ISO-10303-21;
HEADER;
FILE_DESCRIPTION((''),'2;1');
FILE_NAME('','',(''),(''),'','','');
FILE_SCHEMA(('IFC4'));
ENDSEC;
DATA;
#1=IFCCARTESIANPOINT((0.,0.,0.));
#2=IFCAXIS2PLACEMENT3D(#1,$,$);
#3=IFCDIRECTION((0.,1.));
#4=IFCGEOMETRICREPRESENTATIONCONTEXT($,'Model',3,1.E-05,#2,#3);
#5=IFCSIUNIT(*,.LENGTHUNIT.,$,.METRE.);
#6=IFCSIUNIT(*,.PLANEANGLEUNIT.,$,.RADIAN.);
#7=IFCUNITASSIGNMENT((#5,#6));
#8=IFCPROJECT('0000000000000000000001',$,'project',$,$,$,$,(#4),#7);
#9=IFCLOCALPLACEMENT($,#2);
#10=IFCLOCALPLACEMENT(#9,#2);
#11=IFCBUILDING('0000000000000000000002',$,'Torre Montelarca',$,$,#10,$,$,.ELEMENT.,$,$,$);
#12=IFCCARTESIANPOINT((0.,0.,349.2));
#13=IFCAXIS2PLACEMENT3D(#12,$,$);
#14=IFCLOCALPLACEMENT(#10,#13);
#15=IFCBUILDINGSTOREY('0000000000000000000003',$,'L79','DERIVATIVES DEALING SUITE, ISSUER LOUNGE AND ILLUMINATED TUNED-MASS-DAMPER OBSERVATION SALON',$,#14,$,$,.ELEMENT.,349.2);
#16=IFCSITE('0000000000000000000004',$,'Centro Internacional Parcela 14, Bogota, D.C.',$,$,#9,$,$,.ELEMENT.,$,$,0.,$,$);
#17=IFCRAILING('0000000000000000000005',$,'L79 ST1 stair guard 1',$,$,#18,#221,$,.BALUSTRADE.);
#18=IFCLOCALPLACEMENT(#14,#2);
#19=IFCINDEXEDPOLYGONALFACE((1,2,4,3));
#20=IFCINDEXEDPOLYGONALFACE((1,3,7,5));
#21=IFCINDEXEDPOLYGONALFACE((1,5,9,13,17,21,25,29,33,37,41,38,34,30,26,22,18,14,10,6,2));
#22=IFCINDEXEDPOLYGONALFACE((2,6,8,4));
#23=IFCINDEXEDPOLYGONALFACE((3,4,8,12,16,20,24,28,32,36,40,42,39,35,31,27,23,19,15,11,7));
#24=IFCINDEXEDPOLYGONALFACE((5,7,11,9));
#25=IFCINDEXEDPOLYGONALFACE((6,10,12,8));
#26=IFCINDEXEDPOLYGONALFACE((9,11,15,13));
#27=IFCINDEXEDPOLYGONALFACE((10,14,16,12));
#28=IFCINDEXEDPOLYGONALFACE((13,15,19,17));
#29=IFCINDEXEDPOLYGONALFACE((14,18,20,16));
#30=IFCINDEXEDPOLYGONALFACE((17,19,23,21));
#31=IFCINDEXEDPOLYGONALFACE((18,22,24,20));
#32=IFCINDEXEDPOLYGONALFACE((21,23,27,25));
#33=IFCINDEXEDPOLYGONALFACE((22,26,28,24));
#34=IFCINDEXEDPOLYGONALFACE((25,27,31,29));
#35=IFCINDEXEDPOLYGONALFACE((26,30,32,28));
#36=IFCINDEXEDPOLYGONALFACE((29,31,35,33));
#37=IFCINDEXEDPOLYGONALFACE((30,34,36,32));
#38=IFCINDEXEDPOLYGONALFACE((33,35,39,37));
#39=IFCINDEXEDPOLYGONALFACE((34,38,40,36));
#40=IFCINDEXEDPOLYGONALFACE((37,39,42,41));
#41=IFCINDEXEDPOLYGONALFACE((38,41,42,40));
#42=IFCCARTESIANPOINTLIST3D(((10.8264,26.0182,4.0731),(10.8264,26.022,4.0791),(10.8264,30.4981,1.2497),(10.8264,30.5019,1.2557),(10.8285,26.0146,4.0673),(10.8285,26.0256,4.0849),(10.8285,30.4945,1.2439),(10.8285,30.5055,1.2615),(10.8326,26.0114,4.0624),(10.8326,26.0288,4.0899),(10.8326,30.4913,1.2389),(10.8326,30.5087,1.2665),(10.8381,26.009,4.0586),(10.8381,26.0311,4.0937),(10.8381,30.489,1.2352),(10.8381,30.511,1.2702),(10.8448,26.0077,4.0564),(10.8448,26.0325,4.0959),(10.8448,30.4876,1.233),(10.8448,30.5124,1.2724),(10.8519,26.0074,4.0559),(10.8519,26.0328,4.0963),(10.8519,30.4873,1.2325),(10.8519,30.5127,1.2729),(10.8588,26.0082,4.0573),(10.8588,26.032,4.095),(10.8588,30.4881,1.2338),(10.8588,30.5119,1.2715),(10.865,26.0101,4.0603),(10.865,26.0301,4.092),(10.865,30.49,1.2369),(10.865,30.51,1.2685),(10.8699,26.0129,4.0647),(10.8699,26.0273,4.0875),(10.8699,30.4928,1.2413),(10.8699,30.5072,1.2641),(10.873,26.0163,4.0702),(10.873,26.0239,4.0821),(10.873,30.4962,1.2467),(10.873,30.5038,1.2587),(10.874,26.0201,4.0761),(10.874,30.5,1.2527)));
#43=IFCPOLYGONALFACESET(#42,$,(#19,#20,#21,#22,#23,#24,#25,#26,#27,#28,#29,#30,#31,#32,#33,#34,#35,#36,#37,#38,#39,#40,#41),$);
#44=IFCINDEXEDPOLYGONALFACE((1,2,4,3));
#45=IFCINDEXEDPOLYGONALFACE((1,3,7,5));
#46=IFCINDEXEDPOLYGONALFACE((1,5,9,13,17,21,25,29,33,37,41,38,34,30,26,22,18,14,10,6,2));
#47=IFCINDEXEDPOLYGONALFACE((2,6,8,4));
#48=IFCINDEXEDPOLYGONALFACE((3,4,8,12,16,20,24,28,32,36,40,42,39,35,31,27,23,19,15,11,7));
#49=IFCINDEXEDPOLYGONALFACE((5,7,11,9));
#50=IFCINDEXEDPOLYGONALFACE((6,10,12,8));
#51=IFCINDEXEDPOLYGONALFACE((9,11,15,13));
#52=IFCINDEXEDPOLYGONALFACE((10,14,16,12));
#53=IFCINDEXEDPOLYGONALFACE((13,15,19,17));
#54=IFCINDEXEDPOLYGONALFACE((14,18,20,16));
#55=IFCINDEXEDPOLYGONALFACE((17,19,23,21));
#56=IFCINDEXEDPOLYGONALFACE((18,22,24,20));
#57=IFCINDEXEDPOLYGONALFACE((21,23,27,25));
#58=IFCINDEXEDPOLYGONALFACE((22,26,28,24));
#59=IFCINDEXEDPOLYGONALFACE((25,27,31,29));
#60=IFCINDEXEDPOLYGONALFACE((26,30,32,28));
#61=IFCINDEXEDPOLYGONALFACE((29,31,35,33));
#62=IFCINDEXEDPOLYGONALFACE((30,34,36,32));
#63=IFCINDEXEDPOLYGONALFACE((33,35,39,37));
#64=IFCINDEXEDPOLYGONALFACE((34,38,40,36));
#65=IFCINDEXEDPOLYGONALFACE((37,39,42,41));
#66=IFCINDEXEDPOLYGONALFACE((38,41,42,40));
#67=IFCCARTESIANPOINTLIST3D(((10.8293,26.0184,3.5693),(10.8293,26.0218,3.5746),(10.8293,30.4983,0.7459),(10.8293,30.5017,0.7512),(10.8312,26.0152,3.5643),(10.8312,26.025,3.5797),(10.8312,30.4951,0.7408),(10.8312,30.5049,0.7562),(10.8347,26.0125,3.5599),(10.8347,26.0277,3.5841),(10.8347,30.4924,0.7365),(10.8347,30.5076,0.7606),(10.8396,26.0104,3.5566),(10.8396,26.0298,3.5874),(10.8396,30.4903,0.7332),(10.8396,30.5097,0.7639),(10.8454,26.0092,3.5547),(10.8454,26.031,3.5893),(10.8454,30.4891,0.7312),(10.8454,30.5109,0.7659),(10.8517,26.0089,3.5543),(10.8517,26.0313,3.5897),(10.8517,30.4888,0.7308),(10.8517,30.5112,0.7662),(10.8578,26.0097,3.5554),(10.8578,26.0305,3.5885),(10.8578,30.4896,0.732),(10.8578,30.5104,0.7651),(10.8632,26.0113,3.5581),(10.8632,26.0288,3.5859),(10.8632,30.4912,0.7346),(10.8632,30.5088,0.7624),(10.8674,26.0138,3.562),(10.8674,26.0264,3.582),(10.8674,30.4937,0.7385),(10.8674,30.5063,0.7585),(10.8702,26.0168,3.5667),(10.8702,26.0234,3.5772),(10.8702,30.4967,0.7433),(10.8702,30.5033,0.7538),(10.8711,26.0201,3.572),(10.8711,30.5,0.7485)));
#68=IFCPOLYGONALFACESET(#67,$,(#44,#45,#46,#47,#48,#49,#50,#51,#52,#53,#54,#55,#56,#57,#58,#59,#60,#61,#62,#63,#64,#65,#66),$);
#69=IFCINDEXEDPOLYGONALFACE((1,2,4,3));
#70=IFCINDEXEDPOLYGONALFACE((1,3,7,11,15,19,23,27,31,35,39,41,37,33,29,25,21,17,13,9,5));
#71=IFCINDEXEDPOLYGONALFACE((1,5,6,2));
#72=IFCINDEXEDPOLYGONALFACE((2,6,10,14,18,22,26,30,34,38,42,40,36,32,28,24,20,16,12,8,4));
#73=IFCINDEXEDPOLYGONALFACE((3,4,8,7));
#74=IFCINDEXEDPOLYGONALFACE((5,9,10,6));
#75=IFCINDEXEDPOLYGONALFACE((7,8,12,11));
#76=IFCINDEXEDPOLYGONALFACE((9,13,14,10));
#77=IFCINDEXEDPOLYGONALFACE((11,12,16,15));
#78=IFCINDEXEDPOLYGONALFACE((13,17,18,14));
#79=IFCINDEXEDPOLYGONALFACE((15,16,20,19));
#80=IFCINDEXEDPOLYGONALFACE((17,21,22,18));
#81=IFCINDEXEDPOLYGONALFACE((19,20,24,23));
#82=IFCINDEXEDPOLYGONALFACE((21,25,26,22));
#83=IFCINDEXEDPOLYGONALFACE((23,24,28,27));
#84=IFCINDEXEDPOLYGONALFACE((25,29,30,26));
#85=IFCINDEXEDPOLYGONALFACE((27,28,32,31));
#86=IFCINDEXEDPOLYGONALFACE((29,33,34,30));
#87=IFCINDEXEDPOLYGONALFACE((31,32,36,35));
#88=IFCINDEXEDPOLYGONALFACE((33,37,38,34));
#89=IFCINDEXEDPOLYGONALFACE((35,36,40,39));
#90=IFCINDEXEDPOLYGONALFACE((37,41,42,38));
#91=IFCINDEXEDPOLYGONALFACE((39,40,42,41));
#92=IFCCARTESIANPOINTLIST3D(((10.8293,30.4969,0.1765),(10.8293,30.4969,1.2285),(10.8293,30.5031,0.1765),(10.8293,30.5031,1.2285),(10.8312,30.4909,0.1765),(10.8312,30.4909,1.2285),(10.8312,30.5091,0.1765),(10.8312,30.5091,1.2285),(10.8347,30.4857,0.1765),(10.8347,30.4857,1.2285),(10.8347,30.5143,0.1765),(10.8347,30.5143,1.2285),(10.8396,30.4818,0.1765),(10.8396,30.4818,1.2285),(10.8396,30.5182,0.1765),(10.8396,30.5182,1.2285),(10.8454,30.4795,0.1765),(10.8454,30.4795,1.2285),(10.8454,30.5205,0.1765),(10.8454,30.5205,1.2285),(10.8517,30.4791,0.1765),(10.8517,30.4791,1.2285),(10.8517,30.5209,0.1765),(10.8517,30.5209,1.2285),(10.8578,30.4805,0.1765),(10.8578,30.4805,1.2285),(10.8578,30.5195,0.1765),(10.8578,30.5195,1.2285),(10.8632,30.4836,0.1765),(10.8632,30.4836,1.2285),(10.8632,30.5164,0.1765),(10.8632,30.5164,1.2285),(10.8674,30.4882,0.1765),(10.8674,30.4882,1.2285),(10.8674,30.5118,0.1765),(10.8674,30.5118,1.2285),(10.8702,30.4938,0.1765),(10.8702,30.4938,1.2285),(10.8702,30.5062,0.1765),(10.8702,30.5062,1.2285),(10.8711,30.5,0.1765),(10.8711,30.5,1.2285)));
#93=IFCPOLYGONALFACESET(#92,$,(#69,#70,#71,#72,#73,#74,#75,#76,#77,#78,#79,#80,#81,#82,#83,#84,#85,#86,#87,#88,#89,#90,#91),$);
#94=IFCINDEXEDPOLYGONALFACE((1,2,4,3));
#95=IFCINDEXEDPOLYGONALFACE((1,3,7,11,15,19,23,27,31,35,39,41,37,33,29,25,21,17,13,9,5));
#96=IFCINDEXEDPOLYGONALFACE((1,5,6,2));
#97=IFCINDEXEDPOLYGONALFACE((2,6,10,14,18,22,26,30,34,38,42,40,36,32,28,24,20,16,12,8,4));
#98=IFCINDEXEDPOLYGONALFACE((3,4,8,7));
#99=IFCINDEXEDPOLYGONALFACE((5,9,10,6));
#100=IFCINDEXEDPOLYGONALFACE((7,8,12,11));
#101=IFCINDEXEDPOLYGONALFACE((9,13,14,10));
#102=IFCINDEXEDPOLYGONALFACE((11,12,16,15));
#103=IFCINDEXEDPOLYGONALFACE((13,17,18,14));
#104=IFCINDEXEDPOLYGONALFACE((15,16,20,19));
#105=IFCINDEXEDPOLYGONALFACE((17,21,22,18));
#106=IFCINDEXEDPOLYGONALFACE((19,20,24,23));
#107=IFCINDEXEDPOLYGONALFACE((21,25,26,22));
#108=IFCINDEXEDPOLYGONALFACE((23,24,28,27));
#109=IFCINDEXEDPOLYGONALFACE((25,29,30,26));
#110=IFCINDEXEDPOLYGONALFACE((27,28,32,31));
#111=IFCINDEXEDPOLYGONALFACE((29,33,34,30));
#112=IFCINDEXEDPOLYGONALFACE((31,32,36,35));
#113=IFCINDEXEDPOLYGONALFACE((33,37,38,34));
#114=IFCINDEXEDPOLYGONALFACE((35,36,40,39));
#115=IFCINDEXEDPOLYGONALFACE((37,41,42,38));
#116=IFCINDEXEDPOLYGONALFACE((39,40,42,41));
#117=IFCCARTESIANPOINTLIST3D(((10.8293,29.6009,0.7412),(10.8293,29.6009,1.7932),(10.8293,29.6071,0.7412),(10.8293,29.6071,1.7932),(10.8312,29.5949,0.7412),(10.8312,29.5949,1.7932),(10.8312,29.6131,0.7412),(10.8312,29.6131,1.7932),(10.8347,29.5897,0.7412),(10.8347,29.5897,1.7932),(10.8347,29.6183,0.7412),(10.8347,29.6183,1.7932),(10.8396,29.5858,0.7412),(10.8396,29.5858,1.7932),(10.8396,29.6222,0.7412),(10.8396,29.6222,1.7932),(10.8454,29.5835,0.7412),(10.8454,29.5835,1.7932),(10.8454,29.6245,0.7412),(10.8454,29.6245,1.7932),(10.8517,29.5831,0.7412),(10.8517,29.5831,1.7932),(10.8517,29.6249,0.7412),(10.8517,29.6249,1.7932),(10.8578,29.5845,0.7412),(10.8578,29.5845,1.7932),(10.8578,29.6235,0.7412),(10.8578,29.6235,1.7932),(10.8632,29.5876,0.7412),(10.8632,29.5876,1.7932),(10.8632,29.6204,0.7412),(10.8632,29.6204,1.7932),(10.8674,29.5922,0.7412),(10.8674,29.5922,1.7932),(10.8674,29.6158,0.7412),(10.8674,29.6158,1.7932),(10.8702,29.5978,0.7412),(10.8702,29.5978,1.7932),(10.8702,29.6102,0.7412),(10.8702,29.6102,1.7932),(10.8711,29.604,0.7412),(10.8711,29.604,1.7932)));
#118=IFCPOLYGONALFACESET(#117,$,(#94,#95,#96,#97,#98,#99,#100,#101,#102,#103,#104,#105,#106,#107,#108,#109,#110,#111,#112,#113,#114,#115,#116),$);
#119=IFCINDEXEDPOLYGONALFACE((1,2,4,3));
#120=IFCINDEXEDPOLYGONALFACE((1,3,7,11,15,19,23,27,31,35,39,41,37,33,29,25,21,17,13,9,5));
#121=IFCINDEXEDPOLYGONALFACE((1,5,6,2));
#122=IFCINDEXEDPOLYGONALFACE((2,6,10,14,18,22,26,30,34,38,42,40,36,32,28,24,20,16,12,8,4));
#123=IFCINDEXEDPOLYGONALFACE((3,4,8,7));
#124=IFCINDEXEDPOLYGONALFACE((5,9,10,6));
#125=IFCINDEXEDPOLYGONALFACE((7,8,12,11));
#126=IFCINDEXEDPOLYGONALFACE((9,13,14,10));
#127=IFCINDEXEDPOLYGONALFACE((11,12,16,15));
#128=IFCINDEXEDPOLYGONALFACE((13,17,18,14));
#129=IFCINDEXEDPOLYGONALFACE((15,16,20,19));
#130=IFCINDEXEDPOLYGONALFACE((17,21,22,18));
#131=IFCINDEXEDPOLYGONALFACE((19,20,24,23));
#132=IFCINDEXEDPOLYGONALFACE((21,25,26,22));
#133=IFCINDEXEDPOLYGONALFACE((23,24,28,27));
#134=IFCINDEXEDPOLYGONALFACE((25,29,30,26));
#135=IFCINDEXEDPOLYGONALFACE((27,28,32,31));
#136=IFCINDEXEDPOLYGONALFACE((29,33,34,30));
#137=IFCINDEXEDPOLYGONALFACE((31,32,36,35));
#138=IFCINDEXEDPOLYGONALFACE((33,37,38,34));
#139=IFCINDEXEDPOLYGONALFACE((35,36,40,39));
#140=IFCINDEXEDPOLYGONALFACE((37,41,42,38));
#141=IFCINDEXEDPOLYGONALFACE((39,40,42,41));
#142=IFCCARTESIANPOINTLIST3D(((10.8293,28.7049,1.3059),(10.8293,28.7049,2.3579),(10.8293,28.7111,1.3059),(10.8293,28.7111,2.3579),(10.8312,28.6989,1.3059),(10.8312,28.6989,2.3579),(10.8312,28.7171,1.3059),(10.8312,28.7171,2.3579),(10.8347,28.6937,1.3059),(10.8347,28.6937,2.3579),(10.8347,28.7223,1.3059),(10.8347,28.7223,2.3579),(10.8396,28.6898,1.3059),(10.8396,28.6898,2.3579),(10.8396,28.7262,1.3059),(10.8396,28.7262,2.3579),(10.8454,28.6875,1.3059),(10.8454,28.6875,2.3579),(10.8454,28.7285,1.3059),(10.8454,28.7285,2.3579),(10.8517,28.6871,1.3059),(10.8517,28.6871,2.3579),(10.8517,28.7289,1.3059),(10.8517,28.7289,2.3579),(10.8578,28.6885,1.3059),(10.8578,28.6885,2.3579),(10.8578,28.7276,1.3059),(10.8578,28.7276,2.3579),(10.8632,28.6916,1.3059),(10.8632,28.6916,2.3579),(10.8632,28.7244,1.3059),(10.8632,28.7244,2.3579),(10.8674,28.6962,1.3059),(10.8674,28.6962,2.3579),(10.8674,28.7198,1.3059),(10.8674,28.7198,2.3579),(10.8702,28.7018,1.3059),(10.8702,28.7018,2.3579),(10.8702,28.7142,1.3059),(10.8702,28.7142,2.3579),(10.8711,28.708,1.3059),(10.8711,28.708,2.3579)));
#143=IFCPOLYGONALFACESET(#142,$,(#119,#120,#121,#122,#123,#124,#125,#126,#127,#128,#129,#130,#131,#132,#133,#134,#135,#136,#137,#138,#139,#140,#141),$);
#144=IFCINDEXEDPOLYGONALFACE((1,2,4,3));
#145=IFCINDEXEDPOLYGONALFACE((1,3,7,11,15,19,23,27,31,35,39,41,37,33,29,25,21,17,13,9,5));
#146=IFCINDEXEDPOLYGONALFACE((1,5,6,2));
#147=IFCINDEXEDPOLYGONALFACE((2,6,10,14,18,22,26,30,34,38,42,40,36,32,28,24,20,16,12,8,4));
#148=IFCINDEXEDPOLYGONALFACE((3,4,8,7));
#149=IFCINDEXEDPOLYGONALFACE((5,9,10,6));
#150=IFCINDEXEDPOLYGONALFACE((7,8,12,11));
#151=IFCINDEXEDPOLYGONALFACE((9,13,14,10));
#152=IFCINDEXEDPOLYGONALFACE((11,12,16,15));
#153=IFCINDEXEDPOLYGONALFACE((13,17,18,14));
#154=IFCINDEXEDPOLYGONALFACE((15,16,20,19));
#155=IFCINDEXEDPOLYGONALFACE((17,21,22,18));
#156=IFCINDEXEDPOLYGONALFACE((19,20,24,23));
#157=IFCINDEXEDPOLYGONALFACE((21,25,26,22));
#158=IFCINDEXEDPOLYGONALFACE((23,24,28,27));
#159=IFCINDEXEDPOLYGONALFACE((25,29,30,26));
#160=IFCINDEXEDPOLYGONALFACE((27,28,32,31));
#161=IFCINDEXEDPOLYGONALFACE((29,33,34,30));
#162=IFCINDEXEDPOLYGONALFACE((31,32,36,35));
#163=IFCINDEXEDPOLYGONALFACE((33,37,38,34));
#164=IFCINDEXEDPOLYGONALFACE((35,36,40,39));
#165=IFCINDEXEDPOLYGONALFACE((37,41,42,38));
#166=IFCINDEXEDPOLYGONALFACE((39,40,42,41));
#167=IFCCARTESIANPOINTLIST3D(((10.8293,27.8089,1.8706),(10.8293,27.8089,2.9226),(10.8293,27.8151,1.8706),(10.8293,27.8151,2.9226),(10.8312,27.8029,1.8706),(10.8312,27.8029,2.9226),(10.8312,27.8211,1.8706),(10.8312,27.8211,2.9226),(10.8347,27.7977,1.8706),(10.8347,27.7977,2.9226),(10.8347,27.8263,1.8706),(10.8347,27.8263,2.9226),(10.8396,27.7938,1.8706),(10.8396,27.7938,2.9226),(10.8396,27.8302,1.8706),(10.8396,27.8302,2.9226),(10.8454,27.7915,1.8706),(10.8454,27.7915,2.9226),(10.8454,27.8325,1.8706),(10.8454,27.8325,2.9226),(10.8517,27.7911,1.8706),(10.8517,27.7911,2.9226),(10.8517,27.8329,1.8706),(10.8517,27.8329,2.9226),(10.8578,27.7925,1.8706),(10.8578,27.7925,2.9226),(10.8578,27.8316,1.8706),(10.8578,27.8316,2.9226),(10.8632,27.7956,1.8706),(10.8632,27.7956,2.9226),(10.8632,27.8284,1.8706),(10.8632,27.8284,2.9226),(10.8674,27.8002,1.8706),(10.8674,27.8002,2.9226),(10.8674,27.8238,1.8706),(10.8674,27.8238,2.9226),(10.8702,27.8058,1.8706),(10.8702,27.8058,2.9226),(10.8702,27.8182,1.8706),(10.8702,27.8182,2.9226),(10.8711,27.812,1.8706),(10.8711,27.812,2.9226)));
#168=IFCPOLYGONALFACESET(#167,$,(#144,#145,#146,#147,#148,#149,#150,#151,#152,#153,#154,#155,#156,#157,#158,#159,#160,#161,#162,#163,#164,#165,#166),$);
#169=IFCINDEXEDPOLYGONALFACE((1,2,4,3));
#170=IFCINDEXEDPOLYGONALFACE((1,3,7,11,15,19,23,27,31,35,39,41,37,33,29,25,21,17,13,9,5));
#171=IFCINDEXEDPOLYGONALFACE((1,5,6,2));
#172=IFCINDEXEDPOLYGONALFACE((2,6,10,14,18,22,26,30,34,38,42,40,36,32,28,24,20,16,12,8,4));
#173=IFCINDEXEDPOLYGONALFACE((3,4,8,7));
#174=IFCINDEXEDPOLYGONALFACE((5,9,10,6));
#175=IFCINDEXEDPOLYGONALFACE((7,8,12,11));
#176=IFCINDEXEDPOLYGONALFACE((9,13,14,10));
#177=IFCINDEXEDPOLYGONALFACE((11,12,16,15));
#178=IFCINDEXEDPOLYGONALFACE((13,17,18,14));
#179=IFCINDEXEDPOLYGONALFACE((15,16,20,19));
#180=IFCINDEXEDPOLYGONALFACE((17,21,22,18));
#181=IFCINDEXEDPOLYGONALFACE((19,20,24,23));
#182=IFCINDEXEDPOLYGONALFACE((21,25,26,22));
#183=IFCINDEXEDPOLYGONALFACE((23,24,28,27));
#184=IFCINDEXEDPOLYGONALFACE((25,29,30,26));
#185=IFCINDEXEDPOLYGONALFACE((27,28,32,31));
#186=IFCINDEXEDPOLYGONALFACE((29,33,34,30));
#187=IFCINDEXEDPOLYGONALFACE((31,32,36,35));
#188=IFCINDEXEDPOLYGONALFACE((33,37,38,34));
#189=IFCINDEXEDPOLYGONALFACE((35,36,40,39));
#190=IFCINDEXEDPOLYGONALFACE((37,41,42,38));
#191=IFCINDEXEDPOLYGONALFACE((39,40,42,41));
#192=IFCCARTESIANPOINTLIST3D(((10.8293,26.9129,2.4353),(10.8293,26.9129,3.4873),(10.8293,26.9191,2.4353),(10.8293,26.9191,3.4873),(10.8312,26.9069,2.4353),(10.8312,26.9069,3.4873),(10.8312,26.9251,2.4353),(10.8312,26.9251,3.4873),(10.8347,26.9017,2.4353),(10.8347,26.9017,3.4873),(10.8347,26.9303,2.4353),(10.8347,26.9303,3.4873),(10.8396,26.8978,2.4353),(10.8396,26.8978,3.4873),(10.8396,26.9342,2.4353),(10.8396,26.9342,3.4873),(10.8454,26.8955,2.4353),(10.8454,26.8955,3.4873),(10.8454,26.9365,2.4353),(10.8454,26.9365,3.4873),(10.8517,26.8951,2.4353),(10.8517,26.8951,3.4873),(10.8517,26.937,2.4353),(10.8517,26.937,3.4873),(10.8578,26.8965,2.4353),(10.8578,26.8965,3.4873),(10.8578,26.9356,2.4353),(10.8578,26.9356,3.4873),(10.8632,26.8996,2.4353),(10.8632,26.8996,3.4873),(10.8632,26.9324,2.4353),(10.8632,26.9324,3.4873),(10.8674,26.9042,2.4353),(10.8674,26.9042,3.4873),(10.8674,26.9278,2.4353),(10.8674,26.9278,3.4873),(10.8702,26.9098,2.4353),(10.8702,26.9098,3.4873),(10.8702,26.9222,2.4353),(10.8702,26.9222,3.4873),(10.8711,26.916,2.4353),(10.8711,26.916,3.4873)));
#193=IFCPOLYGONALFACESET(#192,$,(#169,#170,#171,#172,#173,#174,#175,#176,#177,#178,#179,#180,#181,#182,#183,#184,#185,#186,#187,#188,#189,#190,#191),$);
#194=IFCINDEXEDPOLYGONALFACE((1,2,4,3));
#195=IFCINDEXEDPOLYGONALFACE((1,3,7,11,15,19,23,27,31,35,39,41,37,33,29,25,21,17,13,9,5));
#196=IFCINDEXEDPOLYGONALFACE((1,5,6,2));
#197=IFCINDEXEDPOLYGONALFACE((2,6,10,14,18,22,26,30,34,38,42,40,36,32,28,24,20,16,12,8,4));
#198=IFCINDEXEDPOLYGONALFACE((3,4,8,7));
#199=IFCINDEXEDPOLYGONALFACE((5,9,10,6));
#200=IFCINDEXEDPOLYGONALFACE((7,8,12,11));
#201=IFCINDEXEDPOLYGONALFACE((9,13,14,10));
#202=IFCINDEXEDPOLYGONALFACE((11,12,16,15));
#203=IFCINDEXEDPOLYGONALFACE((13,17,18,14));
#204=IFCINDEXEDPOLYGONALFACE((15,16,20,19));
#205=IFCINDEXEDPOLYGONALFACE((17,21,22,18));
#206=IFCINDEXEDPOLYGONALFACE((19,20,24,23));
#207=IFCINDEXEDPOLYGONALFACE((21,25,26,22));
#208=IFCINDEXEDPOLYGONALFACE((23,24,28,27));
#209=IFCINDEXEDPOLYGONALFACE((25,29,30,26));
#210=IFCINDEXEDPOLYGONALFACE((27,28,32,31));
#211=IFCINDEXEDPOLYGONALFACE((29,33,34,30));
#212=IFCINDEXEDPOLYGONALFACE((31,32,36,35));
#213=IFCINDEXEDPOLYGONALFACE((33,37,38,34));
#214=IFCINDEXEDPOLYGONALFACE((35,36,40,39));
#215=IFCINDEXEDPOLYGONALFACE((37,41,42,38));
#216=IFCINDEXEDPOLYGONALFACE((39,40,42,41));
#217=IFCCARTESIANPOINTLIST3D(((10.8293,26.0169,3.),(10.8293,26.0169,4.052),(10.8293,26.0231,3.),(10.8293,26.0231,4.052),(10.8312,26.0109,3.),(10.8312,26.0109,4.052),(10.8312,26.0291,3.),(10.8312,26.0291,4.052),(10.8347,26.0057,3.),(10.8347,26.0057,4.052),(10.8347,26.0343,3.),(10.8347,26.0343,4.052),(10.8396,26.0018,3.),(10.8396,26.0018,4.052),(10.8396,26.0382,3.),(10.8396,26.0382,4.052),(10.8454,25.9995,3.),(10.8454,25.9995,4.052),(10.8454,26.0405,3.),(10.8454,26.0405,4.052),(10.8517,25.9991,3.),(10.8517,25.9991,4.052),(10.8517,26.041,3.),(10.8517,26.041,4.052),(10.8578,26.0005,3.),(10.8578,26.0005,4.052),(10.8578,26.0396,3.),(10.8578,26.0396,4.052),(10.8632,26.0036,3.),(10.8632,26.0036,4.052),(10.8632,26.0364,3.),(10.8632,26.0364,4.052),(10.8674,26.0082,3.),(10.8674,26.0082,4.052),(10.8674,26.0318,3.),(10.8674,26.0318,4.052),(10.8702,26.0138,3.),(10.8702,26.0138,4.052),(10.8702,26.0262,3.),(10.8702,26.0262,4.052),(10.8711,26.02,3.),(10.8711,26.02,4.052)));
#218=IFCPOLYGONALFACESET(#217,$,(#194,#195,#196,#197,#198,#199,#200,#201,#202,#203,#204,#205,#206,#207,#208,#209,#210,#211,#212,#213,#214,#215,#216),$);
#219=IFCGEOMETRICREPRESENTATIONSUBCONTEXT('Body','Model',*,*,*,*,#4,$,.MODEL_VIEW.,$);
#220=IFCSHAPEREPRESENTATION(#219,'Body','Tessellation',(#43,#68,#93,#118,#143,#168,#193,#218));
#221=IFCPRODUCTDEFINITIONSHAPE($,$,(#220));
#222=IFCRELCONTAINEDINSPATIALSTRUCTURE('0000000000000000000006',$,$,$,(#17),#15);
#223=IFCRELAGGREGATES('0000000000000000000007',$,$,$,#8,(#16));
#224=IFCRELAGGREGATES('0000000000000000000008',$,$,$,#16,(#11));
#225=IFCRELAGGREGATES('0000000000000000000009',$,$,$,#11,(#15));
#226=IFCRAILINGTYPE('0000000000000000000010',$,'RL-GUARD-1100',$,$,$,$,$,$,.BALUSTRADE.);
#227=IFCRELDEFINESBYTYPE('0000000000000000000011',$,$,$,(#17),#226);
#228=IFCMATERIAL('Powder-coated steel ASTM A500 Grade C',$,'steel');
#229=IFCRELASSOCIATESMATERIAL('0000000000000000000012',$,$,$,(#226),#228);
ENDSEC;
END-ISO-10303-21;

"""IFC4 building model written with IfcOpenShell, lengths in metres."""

from ifc_helpers import new_model, si_unit, direction, frame, origin, origin_2d, place, context, subcontext, project, spatial, circle, extrude, material, type_object, element, save


model = new_model("IFC4")

# Units and contexts
model_context = context("Model", 3, precision=1e-05, world=origin(), true_north=direction((0.0, 1.0)))
body_context = subcontext(model_context, "Body", "Model", "MODEL_VIEW")
ifc_project = project(units=[si_unit("LENGTHUNIT", "METRE"), si_unit("PLANEANGLEUNIT", "RADIAN")], contexts=[model_context])

# Site, building, storey
site_placement = place(None, origin())
site = spatial("IfcSite", under=ifc_project, at=site_placement, Name="Centro Internacional Parcela 14, Bogota, D.C.", CompositionType="ELEMENT", RefElevation=0.0)
building_placement = place(site_placement, origin())
building = spatial("IfcBuilding", under=site, at=building_placement, Name="Torre Montelarca", CompositionType="ELEMENT")
storey_placement = place(building_placement, frame((0.0, 0.0, 349.2)))
storey = spatial("IfcBuildingStorey", under=building, at=storey_placement, Name="L79", Description="DERIVATIVES DEALING SUITE, ISSUER LOUNGE AND ILLUMINATED TUNED-MASS-DAMPER OBSERVATION SALON", CompositionType="ELEMENT", Elevation=349.2)

# Railing
ifc_material_1 = material(Name="Powder-coated steel ASTM A500 Grade C", Category="steel")
railing_type_1 = type_object("IfcRailingType", Name="RL-GUARD-1100", PredefinedType="BALUSTRADE", material=ifc_material_1)
railing_1_placement = place(storey_placement, frame((10.8501, 30.5, 0.1765)))
element("IfcRailing", 1, at=railing_1_placement, inside=storey, type_object=railing_type_1, Name="L79 ST1 stair guard 1", PredefinedType="BALUSTRADE", context=body_context, shape_type="SweptSolid", body=[
    extrude(circle(Radius=0.0239, at=origin_2d()), frame((0.0, 0.0, 1.0762), z_axis=(0.0, -0.845998, 0.533186), x_axis=(1.0, 0.0, 0.0)), (0.0, 0.0, 1.0), 5.2954),
    extrude(circle(Radius=0.021, at=origin_2d()), frame((0.0, 0.0, 0.572), z_axis=(0.0, -0.845998, 0.533186), x_axis=(1.0, 0.0, 0.0)), (0.0, 0.0, 1.0), 5.2954),
    extrude(circle(Radius=0.021, at=origin_2d()), origin(), (0.0, 0.0, 1.0), 1.052),
    extrude(circle(Radius=0.021, at=origin_2d()), frame((0.0, -0.896, 0.5647)), (0.0, 0.0, 1.0), 1.052),
    extrude(circle(Radius=0.021, at=origin_2d()), frame((0.0, -1.792, 1.1294)), (0.0, 0.0, 1.0), 1.052),
    extrude(circle(Radius=0.021, at=origin_2d()), frame((0.0, -2.688, 1.6941)), (0.0, 0.0, 1.0), 1.052),
    extrude(circle(Radius=0.021, at=origin_2d()), frame((0.0, -3.584, 2.2588)), (0.0, 0.0, 1.0), 1.052),
    extrude(circle(Radius=0.021, at=origin_2d()), frame((0.0, -4.48, 2.8235)), (0.0, 0.0, 1.0), 1.052),
])

save(model, "model.ifc")
